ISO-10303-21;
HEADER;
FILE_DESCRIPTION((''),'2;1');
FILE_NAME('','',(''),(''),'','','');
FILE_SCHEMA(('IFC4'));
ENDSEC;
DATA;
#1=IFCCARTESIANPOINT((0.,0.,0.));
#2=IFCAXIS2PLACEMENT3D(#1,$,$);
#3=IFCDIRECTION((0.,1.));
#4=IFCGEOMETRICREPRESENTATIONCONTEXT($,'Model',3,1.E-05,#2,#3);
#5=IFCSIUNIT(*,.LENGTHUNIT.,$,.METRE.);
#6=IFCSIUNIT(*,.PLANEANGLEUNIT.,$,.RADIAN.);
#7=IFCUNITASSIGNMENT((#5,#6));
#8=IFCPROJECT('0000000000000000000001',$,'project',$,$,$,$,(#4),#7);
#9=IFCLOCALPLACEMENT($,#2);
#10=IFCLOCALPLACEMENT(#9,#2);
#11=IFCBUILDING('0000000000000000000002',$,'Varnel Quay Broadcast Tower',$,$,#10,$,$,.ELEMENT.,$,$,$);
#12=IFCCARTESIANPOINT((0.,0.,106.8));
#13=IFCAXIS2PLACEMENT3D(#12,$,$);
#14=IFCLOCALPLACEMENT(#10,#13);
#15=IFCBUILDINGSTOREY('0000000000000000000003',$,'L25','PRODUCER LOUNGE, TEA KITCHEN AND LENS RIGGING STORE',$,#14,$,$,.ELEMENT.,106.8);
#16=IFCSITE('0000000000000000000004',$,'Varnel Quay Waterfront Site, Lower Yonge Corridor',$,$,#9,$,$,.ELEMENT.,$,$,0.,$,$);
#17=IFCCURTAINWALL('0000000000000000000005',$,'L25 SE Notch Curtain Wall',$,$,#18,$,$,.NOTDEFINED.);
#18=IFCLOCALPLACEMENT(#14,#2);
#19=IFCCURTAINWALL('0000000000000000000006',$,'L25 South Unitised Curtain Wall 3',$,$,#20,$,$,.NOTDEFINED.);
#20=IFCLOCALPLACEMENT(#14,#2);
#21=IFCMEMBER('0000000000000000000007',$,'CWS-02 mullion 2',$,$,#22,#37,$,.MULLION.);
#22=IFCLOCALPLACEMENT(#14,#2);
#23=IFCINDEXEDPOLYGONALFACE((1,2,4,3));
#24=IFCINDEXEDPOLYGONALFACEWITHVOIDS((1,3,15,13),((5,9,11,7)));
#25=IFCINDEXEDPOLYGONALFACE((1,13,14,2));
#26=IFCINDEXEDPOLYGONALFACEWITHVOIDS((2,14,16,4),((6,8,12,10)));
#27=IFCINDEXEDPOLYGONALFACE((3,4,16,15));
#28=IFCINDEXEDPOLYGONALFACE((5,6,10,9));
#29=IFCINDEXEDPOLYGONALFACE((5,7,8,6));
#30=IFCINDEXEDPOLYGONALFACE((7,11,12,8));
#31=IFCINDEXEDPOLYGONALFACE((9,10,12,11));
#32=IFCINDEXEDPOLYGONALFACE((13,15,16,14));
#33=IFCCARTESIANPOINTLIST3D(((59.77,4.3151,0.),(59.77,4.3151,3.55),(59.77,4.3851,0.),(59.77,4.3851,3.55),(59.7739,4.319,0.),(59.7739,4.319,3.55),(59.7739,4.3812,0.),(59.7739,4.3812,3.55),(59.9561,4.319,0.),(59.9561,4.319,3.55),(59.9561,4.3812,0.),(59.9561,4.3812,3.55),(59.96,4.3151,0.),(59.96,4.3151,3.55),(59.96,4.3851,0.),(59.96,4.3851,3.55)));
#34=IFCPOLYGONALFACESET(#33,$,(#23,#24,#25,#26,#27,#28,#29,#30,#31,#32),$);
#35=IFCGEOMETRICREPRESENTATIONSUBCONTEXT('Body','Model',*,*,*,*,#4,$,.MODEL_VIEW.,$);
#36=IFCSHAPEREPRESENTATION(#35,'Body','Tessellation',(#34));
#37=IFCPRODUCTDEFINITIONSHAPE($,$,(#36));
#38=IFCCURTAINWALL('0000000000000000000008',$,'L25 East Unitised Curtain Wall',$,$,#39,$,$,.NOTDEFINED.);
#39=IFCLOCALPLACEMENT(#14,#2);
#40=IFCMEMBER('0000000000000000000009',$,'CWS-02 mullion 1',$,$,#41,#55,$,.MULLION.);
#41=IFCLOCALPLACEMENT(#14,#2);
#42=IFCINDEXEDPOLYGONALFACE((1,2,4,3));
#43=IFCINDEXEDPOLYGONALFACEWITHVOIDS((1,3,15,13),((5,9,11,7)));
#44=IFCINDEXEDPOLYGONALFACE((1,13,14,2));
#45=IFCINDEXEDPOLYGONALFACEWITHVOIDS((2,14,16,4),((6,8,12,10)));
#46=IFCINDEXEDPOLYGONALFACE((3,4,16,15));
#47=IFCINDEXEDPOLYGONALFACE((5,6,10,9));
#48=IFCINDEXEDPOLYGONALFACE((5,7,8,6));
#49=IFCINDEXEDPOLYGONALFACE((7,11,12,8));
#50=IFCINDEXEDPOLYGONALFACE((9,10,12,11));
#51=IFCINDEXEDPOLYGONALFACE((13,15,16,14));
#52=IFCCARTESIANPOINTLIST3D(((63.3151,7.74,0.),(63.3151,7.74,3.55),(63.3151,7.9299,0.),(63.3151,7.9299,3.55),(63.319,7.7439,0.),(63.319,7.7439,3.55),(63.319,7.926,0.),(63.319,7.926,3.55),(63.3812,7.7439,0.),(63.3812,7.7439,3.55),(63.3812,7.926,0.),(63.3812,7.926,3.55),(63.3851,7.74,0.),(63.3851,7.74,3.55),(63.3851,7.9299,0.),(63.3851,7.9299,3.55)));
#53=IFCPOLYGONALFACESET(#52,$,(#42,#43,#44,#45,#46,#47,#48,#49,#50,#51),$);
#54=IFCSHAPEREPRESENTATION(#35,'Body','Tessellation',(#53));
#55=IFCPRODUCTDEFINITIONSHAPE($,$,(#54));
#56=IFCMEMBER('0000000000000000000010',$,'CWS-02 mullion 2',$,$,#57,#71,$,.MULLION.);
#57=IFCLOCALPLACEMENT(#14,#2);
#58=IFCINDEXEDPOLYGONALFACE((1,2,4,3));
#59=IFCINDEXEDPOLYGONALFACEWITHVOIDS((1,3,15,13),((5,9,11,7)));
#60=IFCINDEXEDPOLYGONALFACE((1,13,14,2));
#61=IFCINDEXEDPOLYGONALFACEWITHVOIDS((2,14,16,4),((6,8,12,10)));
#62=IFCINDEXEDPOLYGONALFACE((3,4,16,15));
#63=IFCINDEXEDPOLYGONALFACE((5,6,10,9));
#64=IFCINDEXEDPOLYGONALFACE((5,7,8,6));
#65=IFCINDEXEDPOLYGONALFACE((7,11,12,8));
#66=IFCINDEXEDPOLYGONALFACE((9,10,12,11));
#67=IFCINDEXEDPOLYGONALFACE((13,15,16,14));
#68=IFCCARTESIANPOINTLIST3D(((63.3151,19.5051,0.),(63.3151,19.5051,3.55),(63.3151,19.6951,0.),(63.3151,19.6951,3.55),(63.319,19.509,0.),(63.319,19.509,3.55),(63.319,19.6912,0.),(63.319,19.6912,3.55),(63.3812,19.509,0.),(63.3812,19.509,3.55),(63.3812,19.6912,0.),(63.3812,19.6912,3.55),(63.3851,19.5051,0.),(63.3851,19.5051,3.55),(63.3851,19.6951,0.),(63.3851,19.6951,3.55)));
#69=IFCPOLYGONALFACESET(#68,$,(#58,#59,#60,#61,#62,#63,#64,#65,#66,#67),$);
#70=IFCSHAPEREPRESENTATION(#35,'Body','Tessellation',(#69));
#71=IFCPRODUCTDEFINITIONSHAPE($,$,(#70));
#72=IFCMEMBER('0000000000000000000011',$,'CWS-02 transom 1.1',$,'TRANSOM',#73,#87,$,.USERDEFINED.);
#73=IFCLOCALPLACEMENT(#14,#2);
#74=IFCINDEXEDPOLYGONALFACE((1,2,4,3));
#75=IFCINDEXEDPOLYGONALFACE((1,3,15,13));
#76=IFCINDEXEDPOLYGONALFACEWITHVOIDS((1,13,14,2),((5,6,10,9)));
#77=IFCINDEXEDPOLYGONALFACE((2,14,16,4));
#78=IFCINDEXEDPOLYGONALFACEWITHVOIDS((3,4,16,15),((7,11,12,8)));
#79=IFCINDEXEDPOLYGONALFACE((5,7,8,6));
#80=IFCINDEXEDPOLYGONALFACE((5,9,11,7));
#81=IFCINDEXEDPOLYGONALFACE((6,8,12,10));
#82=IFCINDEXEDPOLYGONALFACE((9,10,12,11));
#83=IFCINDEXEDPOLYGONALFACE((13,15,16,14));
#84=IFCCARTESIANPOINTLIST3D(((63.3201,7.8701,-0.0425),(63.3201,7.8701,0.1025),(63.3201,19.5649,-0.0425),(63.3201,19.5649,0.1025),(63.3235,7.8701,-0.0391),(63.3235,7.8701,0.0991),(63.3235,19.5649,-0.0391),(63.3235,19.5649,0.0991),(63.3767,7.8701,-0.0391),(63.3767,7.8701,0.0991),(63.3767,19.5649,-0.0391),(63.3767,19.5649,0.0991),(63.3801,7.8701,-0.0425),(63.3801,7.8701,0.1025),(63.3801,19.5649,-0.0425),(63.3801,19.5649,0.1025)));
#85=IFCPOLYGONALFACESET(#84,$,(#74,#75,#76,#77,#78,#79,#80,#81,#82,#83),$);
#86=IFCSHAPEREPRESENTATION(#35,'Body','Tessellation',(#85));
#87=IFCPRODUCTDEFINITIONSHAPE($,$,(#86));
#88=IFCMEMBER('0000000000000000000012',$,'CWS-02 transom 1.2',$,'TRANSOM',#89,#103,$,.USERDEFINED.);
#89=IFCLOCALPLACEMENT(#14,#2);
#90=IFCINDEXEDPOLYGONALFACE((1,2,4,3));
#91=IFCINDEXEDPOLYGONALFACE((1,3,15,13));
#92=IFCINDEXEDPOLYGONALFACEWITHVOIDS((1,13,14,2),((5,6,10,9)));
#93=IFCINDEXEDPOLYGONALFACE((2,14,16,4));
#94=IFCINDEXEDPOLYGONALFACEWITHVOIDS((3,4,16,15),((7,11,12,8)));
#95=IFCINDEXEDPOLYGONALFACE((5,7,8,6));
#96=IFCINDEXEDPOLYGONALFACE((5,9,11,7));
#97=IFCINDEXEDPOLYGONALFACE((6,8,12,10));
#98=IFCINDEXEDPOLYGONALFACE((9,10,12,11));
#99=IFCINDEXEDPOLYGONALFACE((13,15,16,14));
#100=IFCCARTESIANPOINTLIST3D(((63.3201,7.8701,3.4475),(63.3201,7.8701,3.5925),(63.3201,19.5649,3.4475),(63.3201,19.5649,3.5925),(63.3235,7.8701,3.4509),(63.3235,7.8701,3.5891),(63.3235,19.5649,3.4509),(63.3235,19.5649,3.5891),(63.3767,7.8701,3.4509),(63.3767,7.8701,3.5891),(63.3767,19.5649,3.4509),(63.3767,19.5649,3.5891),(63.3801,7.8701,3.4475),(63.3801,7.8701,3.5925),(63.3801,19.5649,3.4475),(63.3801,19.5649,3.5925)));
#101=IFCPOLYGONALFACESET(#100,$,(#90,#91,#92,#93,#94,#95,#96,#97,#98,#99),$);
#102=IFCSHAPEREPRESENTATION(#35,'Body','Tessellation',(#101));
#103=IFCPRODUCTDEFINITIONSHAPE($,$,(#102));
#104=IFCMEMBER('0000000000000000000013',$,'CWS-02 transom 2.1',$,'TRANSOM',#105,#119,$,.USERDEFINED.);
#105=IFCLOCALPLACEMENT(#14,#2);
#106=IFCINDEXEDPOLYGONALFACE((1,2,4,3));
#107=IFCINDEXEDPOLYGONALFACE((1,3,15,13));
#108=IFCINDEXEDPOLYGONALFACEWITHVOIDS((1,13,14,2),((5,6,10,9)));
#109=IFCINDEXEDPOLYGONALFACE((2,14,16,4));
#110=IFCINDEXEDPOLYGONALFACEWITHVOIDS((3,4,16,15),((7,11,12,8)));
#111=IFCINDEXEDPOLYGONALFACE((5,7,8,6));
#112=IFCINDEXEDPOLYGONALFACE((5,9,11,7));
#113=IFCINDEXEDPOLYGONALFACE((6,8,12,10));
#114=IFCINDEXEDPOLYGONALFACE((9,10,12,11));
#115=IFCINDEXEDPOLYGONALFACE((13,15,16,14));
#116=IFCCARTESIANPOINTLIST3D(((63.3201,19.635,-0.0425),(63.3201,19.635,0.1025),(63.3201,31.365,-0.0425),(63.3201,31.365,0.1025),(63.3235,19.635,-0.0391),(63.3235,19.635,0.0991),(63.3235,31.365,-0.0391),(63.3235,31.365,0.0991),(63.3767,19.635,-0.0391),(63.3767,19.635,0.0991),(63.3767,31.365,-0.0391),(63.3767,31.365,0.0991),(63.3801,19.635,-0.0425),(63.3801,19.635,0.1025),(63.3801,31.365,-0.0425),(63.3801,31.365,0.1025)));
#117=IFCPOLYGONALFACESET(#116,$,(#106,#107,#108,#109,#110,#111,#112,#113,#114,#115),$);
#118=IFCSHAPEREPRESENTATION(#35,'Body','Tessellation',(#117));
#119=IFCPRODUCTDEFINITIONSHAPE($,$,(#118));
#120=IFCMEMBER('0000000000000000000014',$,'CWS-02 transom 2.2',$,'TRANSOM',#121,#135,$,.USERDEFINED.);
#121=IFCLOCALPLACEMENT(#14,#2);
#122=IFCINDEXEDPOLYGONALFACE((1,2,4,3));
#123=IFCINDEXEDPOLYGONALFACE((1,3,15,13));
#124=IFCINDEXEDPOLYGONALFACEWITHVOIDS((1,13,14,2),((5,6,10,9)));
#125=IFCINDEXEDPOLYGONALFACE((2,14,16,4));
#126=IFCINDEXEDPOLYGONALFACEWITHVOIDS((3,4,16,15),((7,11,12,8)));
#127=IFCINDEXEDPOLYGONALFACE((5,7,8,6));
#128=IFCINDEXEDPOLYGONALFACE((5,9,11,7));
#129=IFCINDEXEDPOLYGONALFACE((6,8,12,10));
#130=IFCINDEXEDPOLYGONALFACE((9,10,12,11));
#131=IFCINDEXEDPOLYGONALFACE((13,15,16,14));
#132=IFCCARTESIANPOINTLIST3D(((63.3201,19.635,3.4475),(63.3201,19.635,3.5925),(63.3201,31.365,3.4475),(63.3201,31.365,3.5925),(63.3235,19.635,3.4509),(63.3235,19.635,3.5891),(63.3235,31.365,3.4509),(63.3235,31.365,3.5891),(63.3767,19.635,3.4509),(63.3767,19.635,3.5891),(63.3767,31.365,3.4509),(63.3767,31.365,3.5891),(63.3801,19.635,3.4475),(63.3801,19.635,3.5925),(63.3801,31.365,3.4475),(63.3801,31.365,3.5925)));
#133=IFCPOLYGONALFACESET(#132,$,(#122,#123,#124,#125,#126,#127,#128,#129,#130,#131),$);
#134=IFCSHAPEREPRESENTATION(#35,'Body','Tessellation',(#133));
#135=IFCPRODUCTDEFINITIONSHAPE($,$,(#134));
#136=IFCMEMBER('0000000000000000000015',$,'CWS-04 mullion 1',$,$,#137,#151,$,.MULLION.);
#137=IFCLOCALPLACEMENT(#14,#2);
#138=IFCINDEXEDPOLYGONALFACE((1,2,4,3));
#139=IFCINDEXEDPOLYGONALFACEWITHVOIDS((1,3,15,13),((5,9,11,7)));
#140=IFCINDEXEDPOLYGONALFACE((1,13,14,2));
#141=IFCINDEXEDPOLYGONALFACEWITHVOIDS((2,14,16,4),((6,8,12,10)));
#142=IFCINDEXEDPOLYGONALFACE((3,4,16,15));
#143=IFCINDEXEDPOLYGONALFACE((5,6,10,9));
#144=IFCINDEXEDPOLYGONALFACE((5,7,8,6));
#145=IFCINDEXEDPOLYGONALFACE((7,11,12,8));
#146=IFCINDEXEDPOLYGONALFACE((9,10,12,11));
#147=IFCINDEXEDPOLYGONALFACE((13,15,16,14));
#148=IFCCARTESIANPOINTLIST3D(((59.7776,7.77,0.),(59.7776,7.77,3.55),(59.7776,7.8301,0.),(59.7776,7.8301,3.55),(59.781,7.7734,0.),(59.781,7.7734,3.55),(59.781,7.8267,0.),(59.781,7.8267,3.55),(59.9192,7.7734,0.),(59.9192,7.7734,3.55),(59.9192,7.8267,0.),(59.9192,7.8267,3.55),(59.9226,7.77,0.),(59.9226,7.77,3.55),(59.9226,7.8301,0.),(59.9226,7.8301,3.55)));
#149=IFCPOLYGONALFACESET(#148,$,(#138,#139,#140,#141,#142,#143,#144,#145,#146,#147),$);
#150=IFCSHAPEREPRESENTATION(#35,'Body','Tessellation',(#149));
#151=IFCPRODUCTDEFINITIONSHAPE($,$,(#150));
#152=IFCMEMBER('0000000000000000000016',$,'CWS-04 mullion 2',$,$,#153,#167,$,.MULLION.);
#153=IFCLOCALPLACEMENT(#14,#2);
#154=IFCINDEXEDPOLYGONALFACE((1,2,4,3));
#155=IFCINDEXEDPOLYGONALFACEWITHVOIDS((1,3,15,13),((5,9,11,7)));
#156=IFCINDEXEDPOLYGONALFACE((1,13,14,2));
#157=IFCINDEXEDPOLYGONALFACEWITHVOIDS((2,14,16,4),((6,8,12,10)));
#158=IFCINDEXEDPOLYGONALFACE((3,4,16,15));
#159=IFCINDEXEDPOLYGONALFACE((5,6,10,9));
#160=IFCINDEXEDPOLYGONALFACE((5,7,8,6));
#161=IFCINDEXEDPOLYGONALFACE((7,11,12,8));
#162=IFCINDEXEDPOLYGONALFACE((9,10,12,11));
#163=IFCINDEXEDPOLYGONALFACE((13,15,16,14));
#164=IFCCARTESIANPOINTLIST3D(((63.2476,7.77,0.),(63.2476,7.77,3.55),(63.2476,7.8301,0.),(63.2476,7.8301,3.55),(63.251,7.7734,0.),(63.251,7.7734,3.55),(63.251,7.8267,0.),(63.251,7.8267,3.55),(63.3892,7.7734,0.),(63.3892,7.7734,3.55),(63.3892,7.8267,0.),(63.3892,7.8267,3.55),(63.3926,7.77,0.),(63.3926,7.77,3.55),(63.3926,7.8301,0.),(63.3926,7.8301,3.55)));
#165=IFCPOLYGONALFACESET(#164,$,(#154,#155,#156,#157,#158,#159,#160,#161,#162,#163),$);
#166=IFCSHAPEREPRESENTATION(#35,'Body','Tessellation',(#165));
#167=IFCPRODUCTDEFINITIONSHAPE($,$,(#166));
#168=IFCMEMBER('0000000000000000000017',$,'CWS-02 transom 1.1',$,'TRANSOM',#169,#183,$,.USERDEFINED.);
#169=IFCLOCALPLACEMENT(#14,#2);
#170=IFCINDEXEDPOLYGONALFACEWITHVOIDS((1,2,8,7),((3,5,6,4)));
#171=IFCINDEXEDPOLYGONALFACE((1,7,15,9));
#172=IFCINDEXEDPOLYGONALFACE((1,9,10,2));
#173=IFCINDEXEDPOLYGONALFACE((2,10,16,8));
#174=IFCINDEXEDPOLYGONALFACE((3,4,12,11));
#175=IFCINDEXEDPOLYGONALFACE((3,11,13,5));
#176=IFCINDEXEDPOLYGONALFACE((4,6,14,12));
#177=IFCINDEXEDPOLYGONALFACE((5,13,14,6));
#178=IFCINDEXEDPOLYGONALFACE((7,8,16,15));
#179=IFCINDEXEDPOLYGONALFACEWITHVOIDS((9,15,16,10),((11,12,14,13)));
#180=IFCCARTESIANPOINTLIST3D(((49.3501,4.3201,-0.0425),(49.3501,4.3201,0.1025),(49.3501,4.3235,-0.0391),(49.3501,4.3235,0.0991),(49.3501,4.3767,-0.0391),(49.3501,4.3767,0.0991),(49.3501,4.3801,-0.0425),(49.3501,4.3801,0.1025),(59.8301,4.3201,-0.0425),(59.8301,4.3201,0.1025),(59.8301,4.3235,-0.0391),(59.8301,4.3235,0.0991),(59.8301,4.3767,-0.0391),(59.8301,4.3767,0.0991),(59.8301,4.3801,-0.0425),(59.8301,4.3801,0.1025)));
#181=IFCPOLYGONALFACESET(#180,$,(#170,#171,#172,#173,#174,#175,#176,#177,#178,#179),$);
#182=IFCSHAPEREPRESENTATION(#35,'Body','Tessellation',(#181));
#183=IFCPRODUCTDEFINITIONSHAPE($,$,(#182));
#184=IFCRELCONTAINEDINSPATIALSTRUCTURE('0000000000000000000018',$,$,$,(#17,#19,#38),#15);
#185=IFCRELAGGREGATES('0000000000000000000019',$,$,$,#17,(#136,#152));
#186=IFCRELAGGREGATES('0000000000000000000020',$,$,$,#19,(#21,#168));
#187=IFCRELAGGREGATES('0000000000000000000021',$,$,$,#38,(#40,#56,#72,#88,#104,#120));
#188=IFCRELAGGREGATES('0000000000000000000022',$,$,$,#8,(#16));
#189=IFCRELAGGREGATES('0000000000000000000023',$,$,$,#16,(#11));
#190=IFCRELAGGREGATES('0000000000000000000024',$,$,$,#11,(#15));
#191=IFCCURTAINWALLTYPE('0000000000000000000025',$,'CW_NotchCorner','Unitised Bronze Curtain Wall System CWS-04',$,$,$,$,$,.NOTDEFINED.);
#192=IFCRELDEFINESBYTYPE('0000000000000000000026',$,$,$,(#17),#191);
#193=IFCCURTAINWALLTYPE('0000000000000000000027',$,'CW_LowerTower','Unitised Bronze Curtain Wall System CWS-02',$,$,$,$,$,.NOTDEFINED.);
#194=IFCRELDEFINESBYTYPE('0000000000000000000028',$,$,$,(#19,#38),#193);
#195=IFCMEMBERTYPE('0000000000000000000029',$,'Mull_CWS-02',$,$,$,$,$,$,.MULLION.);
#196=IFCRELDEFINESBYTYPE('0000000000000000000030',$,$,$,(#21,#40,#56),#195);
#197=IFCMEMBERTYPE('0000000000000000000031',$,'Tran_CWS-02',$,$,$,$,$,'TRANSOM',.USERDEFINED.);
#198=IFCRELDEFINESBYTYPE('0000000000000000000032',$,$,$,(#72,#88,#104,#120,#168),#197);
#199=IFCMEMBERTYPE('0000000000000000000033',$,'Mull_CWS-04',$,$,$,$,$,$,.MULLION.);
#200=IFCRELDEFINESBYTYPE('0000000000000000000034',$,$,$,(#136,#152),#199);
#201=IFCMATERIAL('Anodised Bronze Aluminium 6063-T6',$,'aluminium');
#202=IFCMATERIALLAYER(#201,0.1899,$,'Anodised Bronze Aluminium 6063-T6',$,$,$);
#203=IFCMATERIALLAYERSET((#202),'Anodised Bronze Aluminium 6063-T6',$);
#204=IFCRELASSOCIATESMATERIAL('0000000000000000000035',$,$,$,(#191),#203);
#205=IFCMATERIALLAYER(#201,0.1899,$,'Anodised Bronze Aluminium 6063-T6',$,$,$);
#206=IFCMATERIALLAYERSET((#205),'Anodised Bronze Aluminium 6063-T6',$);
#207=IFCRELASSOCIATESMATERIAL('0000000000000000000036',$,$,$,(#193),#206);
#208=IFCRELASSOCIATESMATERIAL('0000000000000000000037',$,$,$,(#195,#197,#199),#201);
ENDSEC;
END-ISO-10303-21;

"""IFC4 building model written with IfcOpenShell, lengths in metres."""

from ifc_helpers import new_model, si_unit, direction, frame, origin, origin_2d, place, context, subcontext, project, spatial, hollow_rectangle, extrude, source, transform, mapped, material, layer, layer_set, material_profile, profile_set, type_object, type_shapes, element, aggregate, save


model = new_model("IFC4")

# Units and contexts
model_context = context("Model", 3, precision=1e-05, world=origin(), true_north=direction((0.0, 1.0)))
body_context = subcontext(model_context, "Body", "Model", "MODEL_VIEW")
ifc_project = project(units=[si_unit("LENGTHUNIT", "METRE"), si_unit("PLANEANGLEUNIT", "RADIAN")], contexts=[model_context])

# Site, building, storey
site_placement = place(None, origin())
site = spatial("IfcSite", under=ifc_project, at=site_placement, Name="Varnel Quay Waterfront Site, Lower Yonge Corridor", CompositionType="ELEMENT", RefElevation=0.0)
building_placement = place(site_placement, origin())
building = spatial("IfcBuilding", under=site, at=building_placement, Name="Varnel Quay Broadcast Tower", CompositionType="ELEMENT")
storey_placement = place(building_placement, frame((0.0, 0.0, 106.8)))
storey = spatial("IfcBuildingStorey", under=building, at=storey_placement, Name="L25", Description="PRODUCER LOUNGE, TEA KITCHEN AND LENS RIGGING STORE", CompositionType="ELEMENT", Elevation=106.8)

# Curtain walls, members
ifc_material_1 = material(Name="Anodised Bronze Aluminium 6063-T6", Category="aluminium")
ifc_layer_1 = layer(ifc_material_1, 0.1899, Name="Anodised Bronze Aluminium 6063-T6")
ifc_layer_set_1 = layer_set([ifc_layer_1], Name="Anodised Bronze Aluminium 6063-T6")
curtain_wall_type_1 = type_object("IfcCurtainWallType", Name="CW_NotchCorner", Description="Unitised Bronze Curtain Wall System CWS-04", PredefinedType="NOTDEFINED", material=ifc_layer_set_1)
curtain_wall_1_placement = place(storey_placement, origin())
curtain_wall_1 = element("IfcCurtainWall", 1, at=curtain_wall_1_placement, inside=storey, type_object=curtain_wall_type_1, Name="L25 SE Notch Curtain Wall", PredefinedType="NOTDEFINED")
ifc_layer_2 = layer(ifc_material_1, 0.1899, Name="Anodised Bronze Aluminium 6063-T6")
ifc_layer_set_2 = layer_set([ifc_layer_2], Name="Anodised Bronze Aluminium 6063-T6")
curtain_wall_type_2 = type_object("IfcCurtainWallType", Name="CW_LowerTower", Description="Unitised Bronze Curtain Wall System CWS-02", PredefinedType="NOTDEFINED", material=ifc_layer_set_2)
curtain_wall_2_placement = place(storey_placement, origin())
curtain_wall_2 = element("IfcCurtainWall", 2, at=curtain_wall_2_placement, inside=storey, type_object=curtain_wall_type_2, Name="L25 South Unitised Curtain Wall 3", PredefinedType="NOTDEFINED")
ifc_material_profile_1 = material_profile(ifc_material_1, hollow_rectangle(XDim=0.0701, YDim=0.1899, WallThickness=0.0039, at=origin_2d()), Name="ALU70X190X4")
ifc_profile_set_1 = profile_set([ifc_material_profile_1], Name="Anodised Bronze Aluminium 6063-T6")
member_type_1 = type_object("IfcMemberType", Name="Mull_CWS-02", PredefinedType="MULLION", material=ifc_profile_set_1)
shared_shape_1 = source(origin(), body_context, "Body", "SweptSolid", [
    extrude(hollow_rectangle(XDim=0.0701, YDim=0.1899, WallThickness=0.0039, at=origin_2d()), origin(), (0.0, 0.0, 1.0), 3.55),
])
type_shapes(member_type_1, [shared_shape_1])
member_1_placement = place(storey_placement, frame((59.865, 4.3501, 0.0), z_axis=(0.0, 0.0, 1.0), x_axis=(0.0, 1.0, 0.0)))
member_1 = element("IfcMember", 3, at=member_1_placement, type_object=member_type_1, Name="CWS-02 mullion 2", PredefinedType="MULLION", context=body_context, shape_type="MappedRepresentation", body=[
    mapped(shared_shape_1, transform((0.0, 0.0, 0.0), x_axis=(1.0, 0.0, 0.0), y_axis=(0.0, 1.0, 0.0), z_axis=(0.0, 0.0, 1.0), scale=1.0)),
])
curtain_wall_3_placement = place(storey_placement, origin())
curtain_wall_3 = element("IfcCurtainWall", 4, at=curtain_wall_3_placement, inside=storey, type_object=curtain_wall_type_2, Name="L25 East Unitised Curtain Wall", PredefinedType="NOTDEFINED")
member_2_placement = place(storey_placement, frame((63.3501, 7.835, 0.0), z_axis=(0.0, 0.0, 1.0), x_axis=(-1.0, 0.0, 0.0)))
member_2 = element("IfcMember", 5, at=member_2_placement, type_object=member_type_1, Name="CWS-02 mullion 1", PredefinedType="MULLION", context=body_context, shape_type="MappedRepresentation", body=[
    mapped(shared_shape_1, transform((0.0, 0.0, 0.0), x_axis=(1.0, 0.0, 0.0), y_axis=(0.0, 1.0, 0.0), z_axis=(0.0, 0.0, 1.0), scale=1.0)),
])
member_3_placement = place(storey_placement, frame((63.3501, 19.6001, 0.0), z_axis=(0.0, 0.0, 1.0), x_axis=(-1.0, 0.0, 0.0)))
member_3 = element("IfcMember", 6, at=member_3_placement, type_object=member_type_1, Name="CWS-02 mullion 2", PredefinedType="MULLION", context=body_context, shape_type="MappedRepresentation", body=[
    mapped(shared_shape_1, transform((0.0, 0.0, 0.0), x_axis=(1.0, 0.0, 0.0), y_axis=(0.0, 1.0, 0.0), z_axis=(0.0, 0.0, 1.0), scale=1.0)),
])
ifc_material_profile_2 = material_profile(ifc_material_1, hollow_rectangle(XDim=0.0601, YDim=0.145, WallThickness=0.0034, at=origin_2d()), Name="ALU60X145X3.5")
ifc_profile_set_2 = profile_set([ifc_material_profile_2], Name="Anodised Bronze Aluminium 6063-T6")
member_type_2 = type_object("IfcMemberType", Name="Tran_CWS-02", ElementType="TRANSOM", PredefinedType="USERDEFINED", material=ifc_profile_set_2)
shared_shape_2 = source(origin(), body_context, "Body", "SweptSolid", [
    extrude(hollow_rectangle(XDim=0.0601, YDim=0.145, WallThickness=0.0034, at=origin_2d()), origin(), (0.0, 0.0, 1.0), 11.6948),
])
member_4_placement = place(storey_placement, frame((63.3501, 7.8701, 0.03), z_axis=(0.0, 1.0, 0.0), x_axis=(-1.0, 0.0, 0.0)))
member_4 = element("IfcMember", 7, at=member_4_placement, type_object=member_type_2, Name="CWS-02 transom 1.1", ObjectType="TRANSOM", PredefinedType="USERDEFINED", context=body_context, shape_type="MappedRepresentation", body=[
    mapped(shared_shape_2, transform((0.0, 0.0, 0.0), x_axis=(1.0, 0.0, 0.0), y_axis=(0.0, 1.0, 0.0), z_axis=(0.0, 0.0, 1.0), scale=1.0)),
])
member_5_placement = place(storey_placement, frame((63.3501, 7.8701, 3.52), z_axis=(0.0, 1.0, 0.0), x_axis=(-1.0, 0.0, 0.0)))
member_5 = element("IfcMember", 8, at=member_5_placement, type_object=member_type_2, Name="CWS-02 transom 1.2", ObjectType="TRANSOM", PredefinedType="USERDEFINED", context=body_context, shape_type="MappedRepresentation", body=[
    mapped(shared_shape_2, transform((0.0, 0.0, 0.0), x_axis=(1.0, 0.0, 0.0), y_axis=(0.0, 1.0, 0.0), z_axis=(0.0, 0.0, 1.0), scale=1.0)),
])
shared_shape_3 = source(origin(), body_context, "Body", "SweptSolid", [
    extrude(hollow_rectangle(XDim=0.0601, YDim=0.145, WallThickness=0.0034, at=origin_2d()), origin(), (0.0, 0.0, 1.0), 11.73),
])
member_6_placement = place(storey_placement, frame((63.3501, 19.635, 0.03), z_axis=(0.0, 1.0, 0.0), x_axis=(-1.0, 0.0, 0.0)))
member_6 = element("IfcMember", 9, at=member_6_placement, type_object=member_type_2, Name="CWS-02 transom 2.1", ObjectType="TRANSOM", PredefinedType="USERDEFINED", context=body_context, shape_type="MappedRepresentation", body=[
    mapped(shared_shape_3, transform((0.0, 0.0, 0.0), x_axis=(1.0, 0.0, 0.0), y_axis=(0.0, 1.0, 0.0), z_axis=(0.0, 0.0, 1.0), scale=1.0)),
])
member_7_placement = place(storey_placement, frame((63.3501, 19.635, 3.52), z_axis=(0.0, 1.0, 0.0), x_axis=(-1.0, 0.0, 0.0)))
member_7 = element("IfcMember", 10, at=member_7_placement, type_object=member_type_2, Name="CWS-02 transom 2.2", ObjectType="TRANSOM", PredefinedType="USERDEFINED", context=body_context, shape_type="MappedRepresentation", body=[
    mapped(shared_shape_3, transform((0.0, 0.0, 0.0), x_axis=(1.0, 0.0, 0.0), y_axis=(0.0, 1.0, 0.0), z_axis=(0.0, 0.0, 1.0), scale=1.0)),
])

# Members
ifc_material_profile_3 = material_profile(ifc_material_1, hollow_rectangle(XDim=0.0601, YDim=0.145, WallThickness=0.0034, at=origin_2d()), Name="ALU60X145X3.5")
ifc_profile_set_3 = profile_set([ifc_material_profile_3], Name="Anodised Bronze Aluminium 6063-T6")
member_type_3 = type_object("IfcMemberType", Name="Mull_CWS-04", PredefinedType="MULLION", material=ifc_profile_set_3)
shared_shape_4 = source(origin(), body_context, "Body", "SweptSolid", [
    extrude(hollow_rectangle(XDim=0.0601, YDim=0.145, WallThickness=0.0034, at=origin_2d()), origin(), (0.0, 0.0, 1.0), 3.55),
])
type_shapes(member_type_3, [shared_shape_4])
member_8_placement = place(storey_placement, frame((59.8501, 7.8, 0.0), z_axis=(0.0, 0.0, 1.0), x_axis=(0.0, 1.0, 0.0)))
member_8 = element("IfcMember", 11, at=member_8_placement, type_object=member_type_3, Name="CWS-04 mullion 1", PredefinedType="MULLION", context=body_context, shape_type="MappedRepresentation", body=[
    mapped(shared_shape_4, transform((0.0, 0.0, 0.0), x_axis=(1.0, 0.0, 0.0), y_axis=(0.0, 1.0, 0.0), z_axis=(0.0, 0.0, 1.0), scale=1.0)),
])
member_9_placement = place(storey_placement, frame((63.3201, 7.8, 0.0), z_axis=(0.0, 0.0, 1.0), x_axis=(0.0, 1.0, 0.0)))
member_9 = element("IfcMember", 12, at=member_9_placement, type_object=member_type_3, Name="CWS-04 mullion 2", PredefinedType="MULLION", context=body_context, shape_type="MappedRepresentation", body=[
    mapped(shared_shape_4, transform((0.0, 0.0, 0.0), x_axis=(1.0, 0.0, 0.0), y_axis=(0.0, 1.0, 0.0), z_axis=(0.0, 0.0, 1.0), scale=1.0)),
])
shared_shape_5 = source(origin(), body_context, "Body", "SweptSolid", [
    extrude(hollow_rectangle(XDim=0.0601, YDim=0.145, WallThickness=0.0034, at=origin_2d()), origin(), (0.0, 0.0, 1.0), 10.48),
])
type_shapes(member_type_2, [shared_shape_2, shared_shape_3, shared_shape_5])
member_10_placement = place(storey_placement, frame((49.3501, 4.3501, 0.03), z_axis=(1.0, 0.0, 0.0), x_axis=(0.0, 1.0, 0.0)))
member_10 = element("IfcMember", 13, at=member_10_placement, type_object=member_type_2, Name="CWS-02 transom 1.1", ObjectType="TRANSOM", PredefinedType="USERDEFINED", context=body_context, shape_type="MappedRepresentation", body=[
    mapped(shared_shape_5, transform((0.0, 0.0, 0.0), x_axis=(1.0, 0.0, 0.0), y_axis=(0.0, 1.0, 0.0), z_axis=(0.0, 0.0, 1.0), scale=1.0)),
])

aggregate(curtain_wall_1, [member_8, member_9])
aggregate(curtain_wall_2, [member_1, member_10])
aggregate(curtain_wall_3, [member_2, member_3, member_4, member_5, member_6, member_7])

save(model, "model.ifc")
